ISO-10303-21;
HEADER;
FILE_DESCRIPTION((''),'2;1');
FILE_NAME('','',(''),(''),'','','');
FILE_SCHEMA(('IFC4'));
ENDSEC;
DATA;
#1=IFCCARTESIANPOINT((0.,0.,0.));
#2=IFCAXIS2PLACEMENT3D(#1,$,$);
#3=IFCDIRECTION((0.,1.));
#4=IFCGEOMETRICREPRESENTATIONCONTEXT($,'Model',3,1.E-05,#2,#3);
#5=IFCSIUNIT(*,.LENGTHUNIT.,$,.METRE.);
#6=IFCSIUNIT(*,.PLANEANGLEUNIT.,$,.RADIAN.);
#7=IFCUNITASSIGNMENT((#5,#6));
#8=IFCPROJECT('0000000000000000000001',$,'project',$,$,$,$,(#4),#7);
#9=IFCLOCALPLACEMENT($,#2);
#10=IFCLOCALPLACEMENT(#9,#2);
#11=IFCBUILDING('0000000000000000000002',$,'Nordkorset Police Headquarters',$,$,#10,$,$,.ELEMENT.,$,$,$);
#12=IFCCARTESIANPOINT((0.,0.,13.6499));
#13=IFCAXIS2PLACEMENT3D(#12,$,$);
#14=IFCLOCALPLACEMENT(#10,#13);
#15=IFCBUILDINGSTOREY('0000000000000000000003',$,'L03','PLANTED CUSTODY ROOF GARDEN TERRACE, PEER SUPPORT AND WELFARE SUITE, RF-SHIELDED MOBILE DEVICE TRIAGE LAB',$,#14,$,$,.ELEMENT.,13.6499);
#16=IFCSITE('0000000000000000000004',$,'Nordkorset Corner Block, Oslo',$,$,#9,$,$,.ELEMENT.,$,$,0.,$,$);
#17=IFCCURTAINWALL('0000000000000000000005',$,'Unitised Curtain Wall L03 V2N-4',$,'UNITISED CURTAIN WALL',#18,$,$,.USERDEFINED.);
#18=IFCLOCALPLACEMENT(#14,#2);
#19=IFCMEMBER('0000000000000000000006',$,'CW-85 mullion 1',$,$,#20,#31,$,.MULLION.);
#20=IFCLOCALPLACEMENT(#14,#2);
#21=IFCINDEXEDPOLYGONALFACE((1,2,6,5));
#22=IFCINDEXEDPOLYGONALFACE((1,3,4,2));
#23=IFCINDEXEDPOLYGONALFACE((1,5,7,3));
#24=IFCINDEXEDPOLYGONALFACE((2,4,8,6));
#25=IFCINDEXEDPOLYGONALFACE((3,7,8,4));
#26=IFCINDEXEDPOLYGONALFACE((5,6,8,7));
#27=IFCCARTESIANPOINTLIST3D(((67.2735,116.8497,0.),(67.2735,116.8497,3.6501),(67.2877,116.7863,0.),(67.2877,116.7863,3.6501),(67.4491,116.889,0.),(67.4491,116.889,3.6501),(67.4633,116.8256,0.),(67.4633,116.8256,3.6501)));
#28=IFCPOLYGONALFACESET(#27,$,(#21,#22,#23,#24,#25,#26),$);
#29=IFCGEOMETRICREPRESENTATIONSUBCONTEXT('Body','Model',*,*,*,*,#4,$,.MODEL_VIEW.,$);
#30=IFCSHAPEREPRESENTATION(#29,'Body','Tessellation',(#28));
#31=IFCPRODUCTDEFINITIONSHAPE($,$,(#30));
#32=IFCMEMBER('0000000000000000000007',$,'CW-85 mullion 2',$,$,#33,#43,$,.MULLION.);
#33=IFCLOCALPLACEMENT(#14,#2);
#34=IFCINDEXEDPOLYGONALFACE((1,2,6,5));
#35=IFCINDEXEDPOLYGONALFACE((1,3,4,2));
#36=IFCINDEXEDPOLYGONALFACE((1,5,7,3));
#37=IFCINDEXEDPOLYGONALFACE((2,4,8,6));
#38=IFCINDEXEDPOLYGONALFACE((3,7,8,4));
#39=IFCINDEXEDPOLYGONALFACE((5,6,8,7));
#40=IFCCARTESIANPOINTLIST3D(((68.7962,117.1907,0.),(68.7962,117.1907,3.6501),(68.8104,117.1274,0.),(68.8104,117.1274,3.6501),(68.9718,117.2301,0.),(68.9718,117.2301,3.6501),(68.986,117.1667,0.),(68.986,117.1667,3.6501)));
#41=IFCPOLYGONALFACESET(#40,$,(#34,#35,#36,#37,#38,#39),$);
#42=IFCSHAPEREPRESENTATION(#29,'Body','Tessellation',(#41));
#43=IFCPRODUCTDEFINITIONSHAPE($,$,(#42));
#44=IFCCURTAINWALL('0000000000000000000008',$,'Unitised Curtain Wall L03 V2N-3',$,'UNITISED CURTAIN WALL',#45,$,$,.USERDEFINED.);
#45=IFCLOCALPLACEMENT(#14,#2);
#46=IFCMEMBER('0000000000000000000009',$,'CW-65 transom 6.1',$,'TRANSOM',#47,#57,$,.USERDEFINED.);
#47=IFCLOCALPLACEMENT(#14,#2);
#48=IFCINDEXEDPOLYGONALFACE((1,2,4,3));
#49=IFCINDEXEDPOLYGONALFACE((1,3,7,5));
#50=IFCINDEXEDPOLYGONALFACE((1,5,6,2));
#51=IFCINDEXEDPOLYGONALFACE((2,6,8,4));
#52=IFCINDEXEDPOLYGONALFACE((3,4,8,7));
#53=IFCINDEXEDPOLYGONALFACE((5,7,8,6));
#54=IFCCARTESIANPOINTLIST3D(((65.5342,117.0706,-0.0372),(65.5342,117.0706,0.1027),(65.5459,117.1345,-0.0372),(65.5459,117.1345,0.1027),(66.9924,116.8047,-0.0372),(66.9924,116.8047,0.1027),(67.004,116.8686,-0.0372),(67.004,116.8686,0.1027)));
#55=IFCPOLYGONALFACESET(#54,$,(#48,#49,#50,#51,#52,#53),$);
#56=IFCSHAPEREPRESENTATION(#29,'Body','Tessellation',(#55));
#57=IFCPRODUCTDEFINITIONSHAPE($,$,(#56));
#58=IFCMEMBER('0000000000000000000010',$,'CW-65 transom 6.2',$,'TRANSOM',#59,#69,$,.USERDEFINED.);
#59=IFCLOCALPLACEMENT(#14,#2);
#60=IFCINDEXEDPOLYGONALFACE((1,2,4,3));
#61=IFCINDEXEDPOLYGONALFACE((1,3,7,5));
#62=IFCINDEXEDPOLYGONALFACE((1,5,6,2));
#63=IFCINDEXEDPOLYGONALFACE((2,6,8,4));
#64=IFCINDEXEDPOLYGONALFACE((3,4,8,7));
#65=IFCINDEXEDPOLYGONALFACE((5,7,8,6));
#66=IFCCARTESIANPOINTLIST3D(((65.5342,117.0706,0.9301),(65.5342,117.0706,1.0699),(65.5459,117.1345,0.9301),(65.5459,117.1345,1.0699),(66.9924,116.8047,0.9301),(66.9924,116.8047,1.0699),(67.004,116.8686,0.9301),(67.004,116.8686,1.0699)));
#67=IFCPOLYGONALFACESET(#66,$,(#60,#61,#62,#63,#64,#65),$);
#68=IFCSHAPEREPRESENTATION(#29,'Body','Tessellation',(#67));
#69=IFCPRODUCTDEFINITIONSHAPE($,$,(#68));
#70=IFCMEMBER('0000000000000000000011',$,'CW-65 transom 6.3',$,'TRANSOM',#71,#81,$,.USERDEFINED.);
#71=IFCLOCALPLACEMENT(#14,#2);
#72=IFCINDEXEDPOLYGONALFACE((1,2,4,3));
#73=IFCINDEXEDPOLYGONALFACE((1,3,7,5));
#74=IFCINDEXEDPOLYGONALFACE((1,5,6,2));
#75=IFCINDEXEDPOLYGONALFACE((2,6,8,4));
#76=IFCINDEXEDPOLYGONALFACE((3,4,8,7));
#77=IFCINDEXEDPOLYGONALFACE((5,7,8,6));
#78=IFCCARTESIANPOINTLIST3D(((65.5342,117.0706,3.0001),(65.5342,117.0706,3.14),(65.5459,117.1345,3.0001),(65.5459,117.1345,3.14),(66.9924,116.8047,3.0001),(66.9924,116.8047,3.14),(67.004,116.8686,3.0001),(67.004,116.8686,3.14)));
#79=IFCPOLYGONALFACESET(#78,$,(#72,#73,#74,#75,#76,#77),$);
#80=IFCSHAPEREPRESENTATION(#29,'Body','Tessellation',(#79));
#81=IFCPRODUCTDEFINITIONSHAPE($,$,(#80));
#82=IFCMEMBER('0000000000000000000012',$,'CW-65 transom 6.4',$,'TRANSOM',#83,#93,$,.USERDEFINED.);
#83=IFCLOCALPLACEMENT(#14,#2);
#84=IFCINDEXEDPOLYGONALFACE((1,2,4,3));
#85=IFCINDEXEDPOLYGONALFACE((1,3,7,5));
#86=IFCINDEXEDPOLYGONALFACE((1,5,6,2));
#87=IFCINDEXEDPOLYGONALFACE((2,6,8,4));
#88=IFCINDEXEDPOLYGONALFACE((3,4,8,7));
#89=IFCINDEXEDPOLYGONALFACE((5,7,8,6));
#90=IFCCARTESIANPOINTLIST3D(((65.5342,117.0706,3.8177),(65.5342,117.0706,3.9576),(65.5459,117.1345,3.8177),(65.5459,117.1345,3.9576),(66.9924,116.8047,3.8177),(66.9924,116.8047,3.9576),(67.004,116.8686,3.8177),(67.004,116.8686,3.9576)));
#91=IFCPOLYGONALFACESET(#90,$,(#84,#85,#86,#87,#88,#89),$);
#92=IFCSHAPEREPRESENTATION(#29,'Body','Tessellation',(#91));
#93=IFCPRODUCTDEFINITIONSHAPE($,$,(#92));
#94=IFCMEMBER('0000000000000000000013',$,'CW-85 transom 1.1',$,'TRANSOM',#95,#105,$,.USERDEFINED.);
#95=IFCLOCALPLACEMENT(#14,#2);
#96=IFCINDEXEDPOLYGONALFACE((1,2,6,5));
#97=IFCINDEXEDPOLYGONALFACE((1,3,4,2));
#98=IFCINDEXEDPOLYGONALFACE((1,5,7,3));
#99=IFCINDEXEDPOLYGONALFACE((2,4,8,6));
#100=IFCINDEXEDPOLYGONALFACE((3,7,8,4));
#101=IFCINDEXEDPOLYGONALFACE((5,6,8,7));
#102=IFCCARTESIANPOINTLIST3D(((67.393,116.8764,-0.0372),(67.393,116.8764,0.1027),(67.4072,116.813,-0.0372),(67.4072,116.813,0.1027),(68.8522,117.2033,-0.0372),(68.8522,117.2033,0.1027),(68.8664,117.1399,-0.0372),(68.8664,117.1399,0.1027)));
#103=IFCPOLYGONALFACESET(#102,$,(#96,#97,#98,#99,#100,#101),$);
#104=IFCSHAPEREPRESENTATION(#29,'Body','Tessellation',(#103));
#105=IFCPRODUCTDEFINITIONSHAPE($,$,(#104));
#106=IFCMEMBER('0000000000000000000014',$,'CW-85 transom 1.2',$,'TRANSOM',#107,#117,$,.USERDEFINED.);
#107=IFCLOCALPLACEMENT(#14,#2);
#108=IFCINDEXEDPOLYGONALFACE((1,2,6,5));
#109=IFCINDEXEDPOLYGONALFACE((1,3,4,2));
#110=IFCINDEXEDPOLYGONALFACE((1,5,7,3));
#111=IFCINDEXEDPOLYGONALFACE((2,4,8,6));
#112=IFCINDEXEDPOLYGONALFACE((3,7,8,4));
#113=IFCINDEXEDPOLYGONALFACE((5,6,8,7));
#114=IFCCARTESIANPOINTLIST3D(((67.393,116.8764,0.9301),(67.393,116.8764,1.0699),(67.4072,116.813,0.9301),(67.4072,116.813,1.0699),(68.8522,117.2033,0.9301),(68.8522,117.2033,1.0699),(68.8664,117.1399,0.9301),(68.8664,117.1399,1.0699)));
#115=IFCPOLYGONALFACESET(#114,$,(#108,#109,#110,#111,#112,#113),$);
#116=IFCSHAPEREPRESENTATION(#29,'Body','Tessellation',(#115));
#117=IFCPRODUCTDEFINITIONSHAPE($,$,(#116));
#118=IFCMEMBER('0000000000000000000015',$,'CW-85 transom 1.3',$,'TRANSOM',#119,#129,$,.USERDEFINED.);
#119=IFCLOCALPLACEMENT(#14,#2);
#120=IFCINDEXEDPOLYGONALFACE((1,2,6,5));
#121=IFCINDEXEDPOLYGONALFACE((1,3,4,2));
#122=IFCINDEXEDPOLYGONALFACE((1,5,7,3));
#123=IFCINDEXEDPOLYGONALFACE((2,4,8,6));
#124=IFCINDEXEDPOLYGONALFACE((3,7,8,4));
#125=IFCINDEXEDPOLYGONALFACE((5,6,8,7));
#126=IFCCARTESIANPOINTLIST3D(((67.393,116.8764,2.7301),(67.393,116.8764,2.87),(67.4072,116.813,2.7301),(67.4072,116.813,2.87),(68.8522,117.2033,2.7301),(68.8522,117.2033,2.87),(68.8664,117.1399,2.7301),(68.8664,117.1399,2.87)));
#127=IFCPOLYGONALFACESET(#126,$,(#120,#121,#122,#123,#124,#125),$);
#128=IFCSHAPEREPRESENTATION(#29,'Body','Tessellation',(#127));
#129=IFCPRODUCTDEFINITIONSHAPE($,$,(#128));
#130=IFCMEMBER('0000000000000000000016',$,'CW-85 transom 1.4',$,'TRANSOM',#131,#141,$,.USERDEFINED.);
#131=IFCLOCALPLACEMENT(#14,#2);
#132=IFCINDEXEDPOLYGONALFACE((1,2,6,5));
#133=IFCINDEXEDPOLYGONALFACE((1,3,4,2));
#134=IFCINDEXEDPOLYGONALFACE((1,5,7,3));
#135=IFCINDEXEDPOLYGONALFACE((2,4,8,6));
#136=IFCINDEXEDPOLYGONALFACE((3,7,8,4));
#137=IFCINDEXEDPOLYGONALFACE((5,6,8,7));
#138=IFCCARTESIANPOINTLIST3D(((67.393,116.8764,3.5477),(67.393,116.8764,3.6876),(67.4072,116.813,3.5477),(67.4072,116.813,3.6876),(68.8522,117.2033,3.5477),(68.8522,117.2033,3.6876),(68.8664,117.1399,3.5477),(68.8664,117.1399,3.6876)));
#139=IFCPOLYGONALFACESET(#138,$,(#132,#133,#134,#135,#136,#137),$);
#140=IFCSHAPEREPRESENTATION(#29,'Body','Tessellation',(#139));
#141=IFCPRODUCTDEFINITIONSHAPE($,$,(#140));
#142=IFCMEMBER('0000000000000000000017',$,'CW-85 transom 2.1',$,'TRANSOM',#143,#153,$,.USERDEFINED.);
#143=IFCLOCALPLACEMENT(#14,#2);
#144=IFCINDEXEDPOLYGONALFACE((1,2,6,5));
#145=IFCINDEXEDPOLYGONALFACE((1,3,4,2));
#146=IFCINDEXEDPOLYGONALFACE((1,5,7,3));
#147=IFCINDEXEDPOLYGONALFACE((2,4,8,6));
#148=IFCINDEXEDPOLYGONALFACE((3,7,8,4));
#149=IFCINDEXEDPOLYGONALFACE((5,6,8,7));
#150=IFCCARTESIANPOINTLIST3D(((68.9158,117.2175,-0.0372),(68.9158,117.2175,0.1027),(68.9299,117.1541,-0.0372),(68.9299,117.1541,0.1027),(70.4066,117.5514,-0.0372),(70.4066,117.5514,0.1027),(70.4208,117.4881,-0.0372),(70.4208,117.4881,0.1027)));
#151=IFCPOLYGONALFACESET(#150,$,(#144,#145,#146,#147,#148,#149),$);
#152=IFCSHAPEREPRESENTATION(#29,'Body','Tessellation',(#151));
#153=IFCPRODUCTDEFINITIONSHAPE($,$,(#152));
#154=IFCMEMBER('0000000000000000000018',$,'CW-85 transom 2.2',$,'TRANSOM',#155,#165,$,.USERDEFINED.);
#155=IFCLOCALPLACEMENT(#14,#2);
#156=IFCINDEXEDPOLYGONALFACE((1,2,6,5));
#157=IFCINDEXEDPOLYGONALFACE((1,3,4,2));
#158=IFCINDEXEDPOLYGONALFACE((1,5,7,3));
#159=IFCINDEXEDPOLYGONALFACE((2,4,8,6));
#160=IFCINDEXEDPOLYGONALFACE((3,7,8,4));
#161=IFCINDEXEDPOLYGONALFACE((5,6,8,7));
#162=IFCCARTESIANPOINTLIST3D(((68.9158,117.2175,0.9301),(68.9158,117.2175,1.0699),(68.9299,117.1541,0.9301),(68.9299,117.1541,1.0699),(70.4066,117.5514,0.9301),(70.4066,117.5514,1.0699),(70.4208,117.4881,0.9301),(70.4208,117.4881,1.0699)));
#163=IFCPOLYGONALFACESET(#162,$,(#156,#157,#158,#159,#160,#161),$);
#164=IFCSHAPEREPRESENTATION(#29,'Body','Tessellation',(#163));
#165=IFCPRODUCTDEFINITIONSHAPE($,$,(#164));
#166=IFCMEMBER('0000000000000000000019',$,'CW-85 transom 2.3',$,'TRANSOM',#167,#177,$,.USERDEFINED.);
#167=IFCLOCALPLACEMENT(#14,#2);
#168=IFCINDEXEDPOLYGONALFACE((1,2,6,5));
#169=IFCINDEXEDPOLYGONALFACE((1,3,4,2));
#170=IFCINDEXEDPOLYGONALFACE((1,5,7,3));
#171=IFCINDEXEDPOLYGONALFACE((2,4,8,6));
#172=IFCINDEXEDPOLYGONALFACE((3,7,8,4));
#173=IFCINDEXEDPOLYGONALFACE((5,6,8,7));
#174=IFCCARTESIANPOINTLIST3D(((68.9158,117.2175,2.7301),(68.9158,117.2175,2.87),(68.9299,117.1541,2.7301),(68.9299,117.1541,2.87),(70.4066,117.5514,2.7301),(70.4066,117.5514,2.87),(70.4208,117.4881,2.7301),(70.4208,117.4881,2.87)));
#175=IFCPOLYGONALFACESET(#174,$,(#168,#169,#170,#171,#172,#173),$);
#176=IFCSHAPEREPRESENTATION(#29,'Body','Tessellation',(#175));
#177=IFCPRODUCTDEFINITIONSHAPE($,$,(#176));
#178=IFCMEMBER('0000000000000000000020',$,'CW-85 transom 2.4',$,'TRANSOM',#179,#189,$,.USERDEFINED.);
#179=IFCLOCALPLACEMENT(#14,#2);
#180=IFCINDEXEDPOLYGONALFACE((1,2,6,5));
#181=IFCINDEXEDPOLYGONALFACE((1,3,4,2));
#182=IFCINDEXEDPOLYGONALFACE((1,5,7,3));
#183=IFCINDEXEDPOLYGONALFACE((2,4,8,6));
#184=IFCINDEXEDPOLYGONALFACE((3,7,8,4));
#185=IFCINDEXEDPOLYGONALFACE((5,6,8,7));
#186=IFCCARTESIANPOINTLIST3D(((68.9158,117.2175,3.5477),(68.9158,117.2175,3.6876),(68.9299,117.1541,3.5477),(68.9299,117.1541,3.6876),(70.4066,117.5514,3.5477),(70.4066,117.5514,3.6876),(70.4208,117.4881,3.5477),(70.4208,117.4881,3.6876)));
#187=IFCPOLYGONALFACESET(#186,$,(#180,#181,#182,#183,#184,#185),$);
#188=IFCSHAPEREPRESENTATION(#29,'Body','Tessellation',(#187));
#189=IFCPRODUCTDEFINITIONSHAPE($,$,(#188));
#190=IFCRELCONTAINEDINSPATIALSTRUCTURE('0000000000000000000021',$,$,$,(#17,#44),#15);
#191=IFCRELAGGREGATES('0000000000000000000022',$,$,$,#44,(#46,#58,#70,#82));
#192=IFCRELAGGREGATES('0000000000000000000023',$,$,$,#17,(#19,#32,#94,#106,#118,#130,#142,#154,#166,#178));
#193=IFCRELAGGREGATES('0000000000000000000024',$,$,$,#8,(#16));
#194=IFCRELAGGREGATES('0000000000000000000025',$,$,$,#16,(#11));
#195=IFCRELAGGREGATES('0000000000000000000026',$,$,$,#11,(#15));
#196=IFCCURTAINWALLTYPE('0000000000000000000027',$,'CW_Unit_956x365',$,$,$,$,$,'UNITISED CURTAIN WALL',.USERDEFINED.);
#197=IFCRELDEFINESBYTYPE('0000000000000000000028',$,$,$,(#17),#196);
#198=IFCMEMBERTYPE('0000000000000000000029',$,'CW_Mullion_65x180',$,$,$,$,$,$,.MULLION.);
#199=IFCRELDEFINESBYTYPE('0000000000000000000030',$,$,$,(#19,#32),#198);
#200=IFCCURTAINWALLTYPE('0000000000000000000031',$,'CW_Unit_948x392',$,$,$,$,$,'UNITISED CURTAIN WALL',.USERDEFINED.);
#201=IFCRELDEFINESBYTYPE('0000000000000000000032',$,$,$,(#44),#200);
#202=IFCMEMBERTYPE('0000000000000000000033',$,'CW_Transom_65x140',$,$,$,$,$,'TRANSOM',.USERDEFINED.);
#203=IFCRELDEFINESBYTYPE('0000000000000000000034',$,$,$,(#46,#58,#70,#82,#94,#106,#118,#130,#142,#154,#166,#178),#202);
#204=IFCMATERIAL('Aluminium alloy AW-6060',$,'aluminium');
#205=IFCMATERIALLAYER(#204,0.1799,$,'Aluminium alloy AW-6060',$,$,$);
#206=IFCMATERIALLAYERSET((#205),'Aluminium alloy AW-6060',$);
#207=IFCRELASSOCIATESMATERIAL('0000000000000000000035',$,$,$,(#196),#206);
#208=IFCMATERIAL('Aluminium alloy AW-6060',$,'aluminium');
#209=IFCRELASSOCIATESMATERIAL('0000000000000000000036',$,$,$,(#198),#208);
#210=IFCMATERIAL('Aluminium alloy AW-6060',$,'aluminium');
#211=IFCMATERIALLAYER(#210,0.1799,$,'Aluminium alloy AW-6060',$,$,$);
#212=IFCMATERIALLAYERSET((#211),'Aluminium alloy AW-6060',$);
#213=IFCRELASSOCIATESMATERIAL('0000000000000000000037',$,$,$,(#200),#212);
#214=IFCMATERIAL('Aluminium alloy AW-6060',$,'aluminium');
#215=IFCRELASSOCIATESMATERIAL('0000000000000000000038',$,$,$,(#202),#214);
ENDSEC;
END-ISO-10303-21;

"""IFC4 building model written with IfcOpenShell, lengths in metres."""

from ifc_helpers import new_model, si_unit, direction, frame, origin, origin_2d, place, context, subcontext, project, spatial, rectangle, extrude, material, layer, layer_set, material_profile, profile_set, type_object, element, aggregate, save


model = new_model("IFC4")

# Units and contexts
model_context = context("Model", 3, precision=1e-05, world=origin(), true_north=direction((0.0, 1.0)))
body_context = subcontext(model_context, "Body", "Model", "MODEL_VIEW")
ifc_project = project(units=[si_unit("LENGTHUNIT", "METRE"), si_unit("PLANEANGLEUNIT", "RADIAN")], contexts=[model_context])

# Site, building, storey
site_placement = place(None, origin())
site = spatial("IfcSite", under=ifc_project, at=site_placement, Name="Nordkorset Corner Block, Oslo", CompositionType="ELEMENT", RefElevation=0.0)
building_placement = place(site_placement, origin())
building = spatial("IfcBuilding", under=site, at=building_placement, Name="Nordkorset Police Headquarters", CompositionType="ELEMENT")
storey_placement = place(building_placement, frame((0.0, 0.0, 13.6499)))
storey = spatial("IfcBuildingStorey", under=building, at=storey_placement, Name="L03", Description="PLANTED CUSTODY ROOF GARDEN TERRACE, PEER SUPPORT AND WELFARE SUITE, RF-SHIELDED MOBILE DEVICE TRIAGE LAB", CompositionType="ELEMENT", Elevation=13.6499)

# Curtain walls, members
ifc_material_1 = material(Name="Aluminium alloy AW-6060", Category="aluminium")
ifc_layer_1 = layer(ifc_material_1, 0.1799, Name="Aluminium alloy AW-6060")
ifc_layer_set_1 = layer_set([ifc_layer_1], Name="Aluminium alloy AW-6060")
curtain_wall_type_1 = type_object("IfcCurtainWallType", Name="CW_Unit_956x365", ElementType="UNITISED CURTAIN WALL", PredefinedType="USERDEFINED", material=ifc_layer_set_1)
curtain_wall_1_placement = place(storey_placement, origin())
curtain_wall_1 = element("IfcCurtainWall", 1, at=curtain_wall_1_placement, inside=storey, type_object=curtain_wall_type_1, Name="Unitised Curtain Wall L03 V2N-4", ObjectType="UNITISED CURTAIN WALL", PredefinedType="USERDEFINED")
ifc_material_2 = material(Name="Aluminium alloy AW-6060", Category="aluminium")
ifc_material_profile_1 = material_profile(ifc_material_2, rectangle(XDim=0.0649, YDim=0.1799, at=origin_2d()), Name="ALU MULL 65x180")
ifc_profile_set_1 = profile_set([ifc_material_profile_1], Name="Aluminium alloy AW-6060")
member_type_1 = type_object("IfcMemberType", Name="CW_Mullion_65x180", PredefinedType="MULLION", material=ifc_profile_set_1)
member_1_placement = place(storey_placement, frame((67.3684, 116.8376, 0.0), z_axis=(0.0, 0.0, 1.0), x_axis=(-0.218544, 0.975827, 0.0)))
member_1 = element("IfcMember", 2, at=member_1_placement, type_object=member_type_1, Name="CW-85 mullion 1", PredefinedType="MULLION", context=body_context, shape_type="SweptSolid", body=[
    extrude(rectangle(XDim=0.0649, YDim=0.1799, at=origin_2d()), origin(), (0.0, 0.0, 1.0), 3.6501),
])
member_2_placement = place(storey_placement, frame((68.8911, 117.1787, 0.0), z_axis=(0.0, 0.0, 1.0), x_axis=(-0.218544, 0.975827, 0.0)))
member_2 = element("IfcMember", 3, at=member_2_placement, type_object=member_type_1, Name="CW-85 mullion 2", PredefinedType="MULLION", context=body_context, shape_type="SweptSolid", body=[
    extrude(rectangle(XDim=0.0649, YDim=0.1799, at=origin_2d()), origin(), (0.0, 0.0, 1.0), 3.6501),
])
ifc_material_3 = material(Name="Aluminium alloy AW-6060", Category="aluminium")
ifc_layer_2 = layer(ifc_material_3, 0.1799, Name="Aluminium alloy AW-6060")
ifc_layer_set_2 = layer_set([ifc_layer_2], Name="Aluminium alloy AW-6060")
curtain_wall_type_2 = type_object("IfcCurtainWallType", Name="CW_Unit_948x392", ElementType="UNITISED CURTAIN WALL", PredefinedType="USERDEFINED", material=ifc_layer_set_2)
curtain_wall_2_placement = place(storey_placement, origin())
curtain_wall_2 = element("IfcCurtainWall", 4, at=curtain_wall_2_placement, inside=storey, type_object=curtain_wall_type_2, Name="Unitised Curtain Wall L03 V2N-3", ObjectType="UNITISED CURTAIN WALL", PredefinedType="USERDEFINED")
ifc_material_4 = material(Name="Aluminium alloy AW-6060", Category="aluminium")
ifc_material_profile_2 = material_profile(ifc_material_4, rectangle(XDim=0.0649, YDim=0.1399, at=origin_2d()), Name="ALU TRAN 65x140")
ifc_profile_set_2 = profile_set([ifc_material_profile_2], Name="Aluminium alloy AW-6060")
member_type_2 = type_object("IfcMemberType", Name="CW_Transom_65x140", ElementType="TRANSOM", PredefinedType="USERDEFINED", material=ifc_profile_set_2)
member_3_placement = place(storey_placement, frame((65.54, 117.1025, 0.0327), z_axis=(0.983783, -0.179364, 0.0), x_axis=(0.179364, 0.983783, 0.0)))
member_3 = element("IfcMember", 5, at=member_3_placement, type_object=member_type_2, Name="CW-65 transom 6.1", ObjectType="TRANSOM", PredefinedType="USERDEFINED", context=body_context, shape_type="SweptSolid", body=[
    extrude(rectangle(XDim=0.0649, YDim=0.1399, at=origin_2d()), origin(), (0.0, 0.0, 1.0), 1.4822),
])
member_4_placement = place(storey_placement, frame((65.54, 117.1025, 1.0), z_axis=(0.983783, -0.179364, 0.0), x_axis=(0.179364, 0.983783, 0.0)))
member_4 = element("IfcMember", 6, at=member_4_placement, type_object=member_type_2, Name="CW-65 transom 6.2", ObjectType="TRANSOM", PredefinedType="USERDEFINED", context=body_context, shape_type="SweptSolid", body=[
    extrude(rectangle(XDim=0.0649, YDim=0.1399, at=origin_2d()), origin(), (0.0, 0.0, 1.0), 1.4822),
])
member_5_placement = place(storey_placement, frame((65.54, 117.1025, 3.0701), z_axis=(0.983783, -0.179364, 0.0), x_axis=(0.179364, 0.983783, 0.0)))
member_5 = element("IfcMember", 7, at=member_5_placement, type_object=member_type_2, Name="CW-65 transom 6.3", ObjectType="TRANSOM", PredefinedType="USERDEFINED", context=body_context, shape_type="SweptSolid", body=[
    extrude(rectangle(XDim=0.0649, YDim=0.1399, at=origin_2d()), origin(), (0.0, 0.0, 1.0), 1.4822),
])
member_6_placement = place(storey_placement, frame((65.54, 117.1025, 3.8877), z_axis=(0.983783, -0.179364, 0.0), x_axis=(0.179364, 0.983783, 0.0)))
member_6 = element("IfcMember", 8, at=member_6_placement, type_object=member_type_2, Name="CW-65 transom 6.4", ObjectType="TRANSOM", PredefinedType="USERDEFINED", context=body_context, shape_type="SweptSolid", body=[
    extrude(rectangle(XDim=0.0649, YDim=0.1399, at=origin_2d()), origin(), (0.0, 0.0, 1.0), 1.4822),
])

# Members
member_7_placement = place(storey_placement, frame((67.4001, 116.8447, 0.0327), z_axis=(0.975813, 0.218607, 0.0), x_axis=(-0.218607, 0.975813, 0.0)))
member_7 = element("IfcMember", 9, at=member_7_placement, type_object=member_type_2, Name="CW-85 transom 1.1", ObjectType="TRANSOM", PredefinedType="USERDEFINED", context=body_context, shape_type="SweptSolid", body=[
    extrude(rectangle(XDim=0.0649, YDim=0.1399, at=origin_2d()), origin(), (0.0, 0.0, 1.0), 1.4954),
])
member_8_placement = place(storey_placement, frame((67.4001, 116.8447, 1.0), z_axis=(0.975813, 0.218607, 0.0), x_axis=(-0.218607, 0.975813, 0.0)))
member_8 = element("IfcMember", 10, at=member_8_placement, type_object=member_type_2, Name="CW-85 transom 1.2", ObjectType="TRANSOM", PredefinedType="USERDEFINED", context=body_context, shape_type="SweptSolid", body=[
    extrude(rectangle(XDim=0.0649, YDim=0.1399, at=origin_2d()), origin(), (0.0, 0.0, 1.0), 1.4954),
])
member_9_placement = place(storey_placement, frame((67.4001, 116.8447, 2.8), z_axis=(0.975813, 0.218607, 0.0), x_axis=(-0.218607, 0.975813, 0.0)))
member_9 = element("IfcMember", 11, at=member_9_placement, type_object=member_type_2, Name="CW-85 transom 1.3", ObjectType="TRANSOM", PredefinedType="USERDEFINED", context=body_context, shape_type="SweptSolid", body=[
    extrude(rectangle(XDim=0.0649, YDim=0.1399, at=origin_2d()), origin(), (0.0, 0.0, 1.0), 1.4954),
])
member_10_placement = place(storey_placement, frame((67.4001, 116.8447, 3.6177), z_axis=(0.975813, 0.218607, 0.0), x_axis=(-0.218607, 0.975813, 0.0)))
member_10 = element("IfcMember", 12, at=member_10_placement, type_object=member_type_2, Name="CW-85 transom 1.4", ObjectType="TRANSOM", PredefinedType="USERDEFINED", context=body_context, shape_type="SweptSolid", body=[
    extrude(rectangle(XDim=0.0649, YDim=0.1399, at=origin_2d()), origin(), (0.0, 0.0, 1.0), 1.4954),
])
member_11_placement = place(storey_placement, frame((68.9229, 117.1858, 0.0327), z_axis=(0.975817, 0.218588, 0.0), x_axis=(-0.218588, 0.975817, 0.0)))
member_11 = element("IfcMember", 13, at=member_11_placement, type_object=member_type_2, Name="CW-85 transom 2.1", ObjectType="TRANSOM", PredefinedType="USERDEFINED", context=body_context, shape_type="SweptSolid", body=[
    extrude(rectangle(XDim=0.0649, YDim=0.1399, at=origin_2d()), origin(), (0.0, 0.0, 1.0), 1.5278),
])
member_12_placement = place(storey_placement, frame((68.9229, 117.1858, 1.0), z_axis=(0.975817, 0.218588, 0.0), x_axis=(-0.218588, 0.975817, 0.0)))
member_12 = element("IfcMember", 14, at=member_12_placement, type_object=member_type_2, Name="CW-85 transom 2.2", ObjectType="TRANSOM", PredefinedType="USERDEFINED", context=body_context, shape_type="SweptSolid", body=[
    extrude(rectangle(XDim=0.0649, YDim=0.1399, at=origin_2d()), origin(), (0.0, 0.0, 1.0), 1.5278),
])
member_13_placement = place(storey_placement, frame((68.9229, 117.1858, 2.8), z_axis=(0.975817, 0.218588, 0.0), x_axis=(-0.218588, 0.975817, 0.0)))
member_13 = element("IfcMember", 15, at=member_13_placement, type_object=member_type_2, Name="CW-85 transom 2.3", ObjectType="TRANSOM", PredefinedType="USERDEFINED", context=body_context, shape_type="SweptSolid", body=[
    extrude(rectangle(XDim=0.0649, YDim=0.1399, at=origin_2d()), origin(), (0.0, 0.0, 1.0), 1.5278),
])
member_14_placement = place(storey_placement, frame((68.9229, 117.1858, 3.6177), z_axis=(0.975817, 0.218588, 0.0), x_axis=(-0.218588, 0.975817, 0.0)))
member_14 = element("IfcMember", 16, at=member_14_placement, type_object=member_type_2, Name="CW-85 transom 2.4", ObjectType="TRANSOM", PredefinedType="USERDEFINED", context=body_context, shape_type="SweptSolid", body=[
    extrude(rectangle(XDim=0.0649, YDim=0.1399, at=origin_2d()), origin(), (0.0, 0.0, 1.0), 1.5278),
])

aggregate(curtain_wall_2, [member_3, member_4, member_5, member_6])
aggregate(curtain_wall_1, [member_1, member_2, member_7, member_8, member_9, member_10, member_11, member_12, member_13, member_14])

save(model, "model.ifc")
